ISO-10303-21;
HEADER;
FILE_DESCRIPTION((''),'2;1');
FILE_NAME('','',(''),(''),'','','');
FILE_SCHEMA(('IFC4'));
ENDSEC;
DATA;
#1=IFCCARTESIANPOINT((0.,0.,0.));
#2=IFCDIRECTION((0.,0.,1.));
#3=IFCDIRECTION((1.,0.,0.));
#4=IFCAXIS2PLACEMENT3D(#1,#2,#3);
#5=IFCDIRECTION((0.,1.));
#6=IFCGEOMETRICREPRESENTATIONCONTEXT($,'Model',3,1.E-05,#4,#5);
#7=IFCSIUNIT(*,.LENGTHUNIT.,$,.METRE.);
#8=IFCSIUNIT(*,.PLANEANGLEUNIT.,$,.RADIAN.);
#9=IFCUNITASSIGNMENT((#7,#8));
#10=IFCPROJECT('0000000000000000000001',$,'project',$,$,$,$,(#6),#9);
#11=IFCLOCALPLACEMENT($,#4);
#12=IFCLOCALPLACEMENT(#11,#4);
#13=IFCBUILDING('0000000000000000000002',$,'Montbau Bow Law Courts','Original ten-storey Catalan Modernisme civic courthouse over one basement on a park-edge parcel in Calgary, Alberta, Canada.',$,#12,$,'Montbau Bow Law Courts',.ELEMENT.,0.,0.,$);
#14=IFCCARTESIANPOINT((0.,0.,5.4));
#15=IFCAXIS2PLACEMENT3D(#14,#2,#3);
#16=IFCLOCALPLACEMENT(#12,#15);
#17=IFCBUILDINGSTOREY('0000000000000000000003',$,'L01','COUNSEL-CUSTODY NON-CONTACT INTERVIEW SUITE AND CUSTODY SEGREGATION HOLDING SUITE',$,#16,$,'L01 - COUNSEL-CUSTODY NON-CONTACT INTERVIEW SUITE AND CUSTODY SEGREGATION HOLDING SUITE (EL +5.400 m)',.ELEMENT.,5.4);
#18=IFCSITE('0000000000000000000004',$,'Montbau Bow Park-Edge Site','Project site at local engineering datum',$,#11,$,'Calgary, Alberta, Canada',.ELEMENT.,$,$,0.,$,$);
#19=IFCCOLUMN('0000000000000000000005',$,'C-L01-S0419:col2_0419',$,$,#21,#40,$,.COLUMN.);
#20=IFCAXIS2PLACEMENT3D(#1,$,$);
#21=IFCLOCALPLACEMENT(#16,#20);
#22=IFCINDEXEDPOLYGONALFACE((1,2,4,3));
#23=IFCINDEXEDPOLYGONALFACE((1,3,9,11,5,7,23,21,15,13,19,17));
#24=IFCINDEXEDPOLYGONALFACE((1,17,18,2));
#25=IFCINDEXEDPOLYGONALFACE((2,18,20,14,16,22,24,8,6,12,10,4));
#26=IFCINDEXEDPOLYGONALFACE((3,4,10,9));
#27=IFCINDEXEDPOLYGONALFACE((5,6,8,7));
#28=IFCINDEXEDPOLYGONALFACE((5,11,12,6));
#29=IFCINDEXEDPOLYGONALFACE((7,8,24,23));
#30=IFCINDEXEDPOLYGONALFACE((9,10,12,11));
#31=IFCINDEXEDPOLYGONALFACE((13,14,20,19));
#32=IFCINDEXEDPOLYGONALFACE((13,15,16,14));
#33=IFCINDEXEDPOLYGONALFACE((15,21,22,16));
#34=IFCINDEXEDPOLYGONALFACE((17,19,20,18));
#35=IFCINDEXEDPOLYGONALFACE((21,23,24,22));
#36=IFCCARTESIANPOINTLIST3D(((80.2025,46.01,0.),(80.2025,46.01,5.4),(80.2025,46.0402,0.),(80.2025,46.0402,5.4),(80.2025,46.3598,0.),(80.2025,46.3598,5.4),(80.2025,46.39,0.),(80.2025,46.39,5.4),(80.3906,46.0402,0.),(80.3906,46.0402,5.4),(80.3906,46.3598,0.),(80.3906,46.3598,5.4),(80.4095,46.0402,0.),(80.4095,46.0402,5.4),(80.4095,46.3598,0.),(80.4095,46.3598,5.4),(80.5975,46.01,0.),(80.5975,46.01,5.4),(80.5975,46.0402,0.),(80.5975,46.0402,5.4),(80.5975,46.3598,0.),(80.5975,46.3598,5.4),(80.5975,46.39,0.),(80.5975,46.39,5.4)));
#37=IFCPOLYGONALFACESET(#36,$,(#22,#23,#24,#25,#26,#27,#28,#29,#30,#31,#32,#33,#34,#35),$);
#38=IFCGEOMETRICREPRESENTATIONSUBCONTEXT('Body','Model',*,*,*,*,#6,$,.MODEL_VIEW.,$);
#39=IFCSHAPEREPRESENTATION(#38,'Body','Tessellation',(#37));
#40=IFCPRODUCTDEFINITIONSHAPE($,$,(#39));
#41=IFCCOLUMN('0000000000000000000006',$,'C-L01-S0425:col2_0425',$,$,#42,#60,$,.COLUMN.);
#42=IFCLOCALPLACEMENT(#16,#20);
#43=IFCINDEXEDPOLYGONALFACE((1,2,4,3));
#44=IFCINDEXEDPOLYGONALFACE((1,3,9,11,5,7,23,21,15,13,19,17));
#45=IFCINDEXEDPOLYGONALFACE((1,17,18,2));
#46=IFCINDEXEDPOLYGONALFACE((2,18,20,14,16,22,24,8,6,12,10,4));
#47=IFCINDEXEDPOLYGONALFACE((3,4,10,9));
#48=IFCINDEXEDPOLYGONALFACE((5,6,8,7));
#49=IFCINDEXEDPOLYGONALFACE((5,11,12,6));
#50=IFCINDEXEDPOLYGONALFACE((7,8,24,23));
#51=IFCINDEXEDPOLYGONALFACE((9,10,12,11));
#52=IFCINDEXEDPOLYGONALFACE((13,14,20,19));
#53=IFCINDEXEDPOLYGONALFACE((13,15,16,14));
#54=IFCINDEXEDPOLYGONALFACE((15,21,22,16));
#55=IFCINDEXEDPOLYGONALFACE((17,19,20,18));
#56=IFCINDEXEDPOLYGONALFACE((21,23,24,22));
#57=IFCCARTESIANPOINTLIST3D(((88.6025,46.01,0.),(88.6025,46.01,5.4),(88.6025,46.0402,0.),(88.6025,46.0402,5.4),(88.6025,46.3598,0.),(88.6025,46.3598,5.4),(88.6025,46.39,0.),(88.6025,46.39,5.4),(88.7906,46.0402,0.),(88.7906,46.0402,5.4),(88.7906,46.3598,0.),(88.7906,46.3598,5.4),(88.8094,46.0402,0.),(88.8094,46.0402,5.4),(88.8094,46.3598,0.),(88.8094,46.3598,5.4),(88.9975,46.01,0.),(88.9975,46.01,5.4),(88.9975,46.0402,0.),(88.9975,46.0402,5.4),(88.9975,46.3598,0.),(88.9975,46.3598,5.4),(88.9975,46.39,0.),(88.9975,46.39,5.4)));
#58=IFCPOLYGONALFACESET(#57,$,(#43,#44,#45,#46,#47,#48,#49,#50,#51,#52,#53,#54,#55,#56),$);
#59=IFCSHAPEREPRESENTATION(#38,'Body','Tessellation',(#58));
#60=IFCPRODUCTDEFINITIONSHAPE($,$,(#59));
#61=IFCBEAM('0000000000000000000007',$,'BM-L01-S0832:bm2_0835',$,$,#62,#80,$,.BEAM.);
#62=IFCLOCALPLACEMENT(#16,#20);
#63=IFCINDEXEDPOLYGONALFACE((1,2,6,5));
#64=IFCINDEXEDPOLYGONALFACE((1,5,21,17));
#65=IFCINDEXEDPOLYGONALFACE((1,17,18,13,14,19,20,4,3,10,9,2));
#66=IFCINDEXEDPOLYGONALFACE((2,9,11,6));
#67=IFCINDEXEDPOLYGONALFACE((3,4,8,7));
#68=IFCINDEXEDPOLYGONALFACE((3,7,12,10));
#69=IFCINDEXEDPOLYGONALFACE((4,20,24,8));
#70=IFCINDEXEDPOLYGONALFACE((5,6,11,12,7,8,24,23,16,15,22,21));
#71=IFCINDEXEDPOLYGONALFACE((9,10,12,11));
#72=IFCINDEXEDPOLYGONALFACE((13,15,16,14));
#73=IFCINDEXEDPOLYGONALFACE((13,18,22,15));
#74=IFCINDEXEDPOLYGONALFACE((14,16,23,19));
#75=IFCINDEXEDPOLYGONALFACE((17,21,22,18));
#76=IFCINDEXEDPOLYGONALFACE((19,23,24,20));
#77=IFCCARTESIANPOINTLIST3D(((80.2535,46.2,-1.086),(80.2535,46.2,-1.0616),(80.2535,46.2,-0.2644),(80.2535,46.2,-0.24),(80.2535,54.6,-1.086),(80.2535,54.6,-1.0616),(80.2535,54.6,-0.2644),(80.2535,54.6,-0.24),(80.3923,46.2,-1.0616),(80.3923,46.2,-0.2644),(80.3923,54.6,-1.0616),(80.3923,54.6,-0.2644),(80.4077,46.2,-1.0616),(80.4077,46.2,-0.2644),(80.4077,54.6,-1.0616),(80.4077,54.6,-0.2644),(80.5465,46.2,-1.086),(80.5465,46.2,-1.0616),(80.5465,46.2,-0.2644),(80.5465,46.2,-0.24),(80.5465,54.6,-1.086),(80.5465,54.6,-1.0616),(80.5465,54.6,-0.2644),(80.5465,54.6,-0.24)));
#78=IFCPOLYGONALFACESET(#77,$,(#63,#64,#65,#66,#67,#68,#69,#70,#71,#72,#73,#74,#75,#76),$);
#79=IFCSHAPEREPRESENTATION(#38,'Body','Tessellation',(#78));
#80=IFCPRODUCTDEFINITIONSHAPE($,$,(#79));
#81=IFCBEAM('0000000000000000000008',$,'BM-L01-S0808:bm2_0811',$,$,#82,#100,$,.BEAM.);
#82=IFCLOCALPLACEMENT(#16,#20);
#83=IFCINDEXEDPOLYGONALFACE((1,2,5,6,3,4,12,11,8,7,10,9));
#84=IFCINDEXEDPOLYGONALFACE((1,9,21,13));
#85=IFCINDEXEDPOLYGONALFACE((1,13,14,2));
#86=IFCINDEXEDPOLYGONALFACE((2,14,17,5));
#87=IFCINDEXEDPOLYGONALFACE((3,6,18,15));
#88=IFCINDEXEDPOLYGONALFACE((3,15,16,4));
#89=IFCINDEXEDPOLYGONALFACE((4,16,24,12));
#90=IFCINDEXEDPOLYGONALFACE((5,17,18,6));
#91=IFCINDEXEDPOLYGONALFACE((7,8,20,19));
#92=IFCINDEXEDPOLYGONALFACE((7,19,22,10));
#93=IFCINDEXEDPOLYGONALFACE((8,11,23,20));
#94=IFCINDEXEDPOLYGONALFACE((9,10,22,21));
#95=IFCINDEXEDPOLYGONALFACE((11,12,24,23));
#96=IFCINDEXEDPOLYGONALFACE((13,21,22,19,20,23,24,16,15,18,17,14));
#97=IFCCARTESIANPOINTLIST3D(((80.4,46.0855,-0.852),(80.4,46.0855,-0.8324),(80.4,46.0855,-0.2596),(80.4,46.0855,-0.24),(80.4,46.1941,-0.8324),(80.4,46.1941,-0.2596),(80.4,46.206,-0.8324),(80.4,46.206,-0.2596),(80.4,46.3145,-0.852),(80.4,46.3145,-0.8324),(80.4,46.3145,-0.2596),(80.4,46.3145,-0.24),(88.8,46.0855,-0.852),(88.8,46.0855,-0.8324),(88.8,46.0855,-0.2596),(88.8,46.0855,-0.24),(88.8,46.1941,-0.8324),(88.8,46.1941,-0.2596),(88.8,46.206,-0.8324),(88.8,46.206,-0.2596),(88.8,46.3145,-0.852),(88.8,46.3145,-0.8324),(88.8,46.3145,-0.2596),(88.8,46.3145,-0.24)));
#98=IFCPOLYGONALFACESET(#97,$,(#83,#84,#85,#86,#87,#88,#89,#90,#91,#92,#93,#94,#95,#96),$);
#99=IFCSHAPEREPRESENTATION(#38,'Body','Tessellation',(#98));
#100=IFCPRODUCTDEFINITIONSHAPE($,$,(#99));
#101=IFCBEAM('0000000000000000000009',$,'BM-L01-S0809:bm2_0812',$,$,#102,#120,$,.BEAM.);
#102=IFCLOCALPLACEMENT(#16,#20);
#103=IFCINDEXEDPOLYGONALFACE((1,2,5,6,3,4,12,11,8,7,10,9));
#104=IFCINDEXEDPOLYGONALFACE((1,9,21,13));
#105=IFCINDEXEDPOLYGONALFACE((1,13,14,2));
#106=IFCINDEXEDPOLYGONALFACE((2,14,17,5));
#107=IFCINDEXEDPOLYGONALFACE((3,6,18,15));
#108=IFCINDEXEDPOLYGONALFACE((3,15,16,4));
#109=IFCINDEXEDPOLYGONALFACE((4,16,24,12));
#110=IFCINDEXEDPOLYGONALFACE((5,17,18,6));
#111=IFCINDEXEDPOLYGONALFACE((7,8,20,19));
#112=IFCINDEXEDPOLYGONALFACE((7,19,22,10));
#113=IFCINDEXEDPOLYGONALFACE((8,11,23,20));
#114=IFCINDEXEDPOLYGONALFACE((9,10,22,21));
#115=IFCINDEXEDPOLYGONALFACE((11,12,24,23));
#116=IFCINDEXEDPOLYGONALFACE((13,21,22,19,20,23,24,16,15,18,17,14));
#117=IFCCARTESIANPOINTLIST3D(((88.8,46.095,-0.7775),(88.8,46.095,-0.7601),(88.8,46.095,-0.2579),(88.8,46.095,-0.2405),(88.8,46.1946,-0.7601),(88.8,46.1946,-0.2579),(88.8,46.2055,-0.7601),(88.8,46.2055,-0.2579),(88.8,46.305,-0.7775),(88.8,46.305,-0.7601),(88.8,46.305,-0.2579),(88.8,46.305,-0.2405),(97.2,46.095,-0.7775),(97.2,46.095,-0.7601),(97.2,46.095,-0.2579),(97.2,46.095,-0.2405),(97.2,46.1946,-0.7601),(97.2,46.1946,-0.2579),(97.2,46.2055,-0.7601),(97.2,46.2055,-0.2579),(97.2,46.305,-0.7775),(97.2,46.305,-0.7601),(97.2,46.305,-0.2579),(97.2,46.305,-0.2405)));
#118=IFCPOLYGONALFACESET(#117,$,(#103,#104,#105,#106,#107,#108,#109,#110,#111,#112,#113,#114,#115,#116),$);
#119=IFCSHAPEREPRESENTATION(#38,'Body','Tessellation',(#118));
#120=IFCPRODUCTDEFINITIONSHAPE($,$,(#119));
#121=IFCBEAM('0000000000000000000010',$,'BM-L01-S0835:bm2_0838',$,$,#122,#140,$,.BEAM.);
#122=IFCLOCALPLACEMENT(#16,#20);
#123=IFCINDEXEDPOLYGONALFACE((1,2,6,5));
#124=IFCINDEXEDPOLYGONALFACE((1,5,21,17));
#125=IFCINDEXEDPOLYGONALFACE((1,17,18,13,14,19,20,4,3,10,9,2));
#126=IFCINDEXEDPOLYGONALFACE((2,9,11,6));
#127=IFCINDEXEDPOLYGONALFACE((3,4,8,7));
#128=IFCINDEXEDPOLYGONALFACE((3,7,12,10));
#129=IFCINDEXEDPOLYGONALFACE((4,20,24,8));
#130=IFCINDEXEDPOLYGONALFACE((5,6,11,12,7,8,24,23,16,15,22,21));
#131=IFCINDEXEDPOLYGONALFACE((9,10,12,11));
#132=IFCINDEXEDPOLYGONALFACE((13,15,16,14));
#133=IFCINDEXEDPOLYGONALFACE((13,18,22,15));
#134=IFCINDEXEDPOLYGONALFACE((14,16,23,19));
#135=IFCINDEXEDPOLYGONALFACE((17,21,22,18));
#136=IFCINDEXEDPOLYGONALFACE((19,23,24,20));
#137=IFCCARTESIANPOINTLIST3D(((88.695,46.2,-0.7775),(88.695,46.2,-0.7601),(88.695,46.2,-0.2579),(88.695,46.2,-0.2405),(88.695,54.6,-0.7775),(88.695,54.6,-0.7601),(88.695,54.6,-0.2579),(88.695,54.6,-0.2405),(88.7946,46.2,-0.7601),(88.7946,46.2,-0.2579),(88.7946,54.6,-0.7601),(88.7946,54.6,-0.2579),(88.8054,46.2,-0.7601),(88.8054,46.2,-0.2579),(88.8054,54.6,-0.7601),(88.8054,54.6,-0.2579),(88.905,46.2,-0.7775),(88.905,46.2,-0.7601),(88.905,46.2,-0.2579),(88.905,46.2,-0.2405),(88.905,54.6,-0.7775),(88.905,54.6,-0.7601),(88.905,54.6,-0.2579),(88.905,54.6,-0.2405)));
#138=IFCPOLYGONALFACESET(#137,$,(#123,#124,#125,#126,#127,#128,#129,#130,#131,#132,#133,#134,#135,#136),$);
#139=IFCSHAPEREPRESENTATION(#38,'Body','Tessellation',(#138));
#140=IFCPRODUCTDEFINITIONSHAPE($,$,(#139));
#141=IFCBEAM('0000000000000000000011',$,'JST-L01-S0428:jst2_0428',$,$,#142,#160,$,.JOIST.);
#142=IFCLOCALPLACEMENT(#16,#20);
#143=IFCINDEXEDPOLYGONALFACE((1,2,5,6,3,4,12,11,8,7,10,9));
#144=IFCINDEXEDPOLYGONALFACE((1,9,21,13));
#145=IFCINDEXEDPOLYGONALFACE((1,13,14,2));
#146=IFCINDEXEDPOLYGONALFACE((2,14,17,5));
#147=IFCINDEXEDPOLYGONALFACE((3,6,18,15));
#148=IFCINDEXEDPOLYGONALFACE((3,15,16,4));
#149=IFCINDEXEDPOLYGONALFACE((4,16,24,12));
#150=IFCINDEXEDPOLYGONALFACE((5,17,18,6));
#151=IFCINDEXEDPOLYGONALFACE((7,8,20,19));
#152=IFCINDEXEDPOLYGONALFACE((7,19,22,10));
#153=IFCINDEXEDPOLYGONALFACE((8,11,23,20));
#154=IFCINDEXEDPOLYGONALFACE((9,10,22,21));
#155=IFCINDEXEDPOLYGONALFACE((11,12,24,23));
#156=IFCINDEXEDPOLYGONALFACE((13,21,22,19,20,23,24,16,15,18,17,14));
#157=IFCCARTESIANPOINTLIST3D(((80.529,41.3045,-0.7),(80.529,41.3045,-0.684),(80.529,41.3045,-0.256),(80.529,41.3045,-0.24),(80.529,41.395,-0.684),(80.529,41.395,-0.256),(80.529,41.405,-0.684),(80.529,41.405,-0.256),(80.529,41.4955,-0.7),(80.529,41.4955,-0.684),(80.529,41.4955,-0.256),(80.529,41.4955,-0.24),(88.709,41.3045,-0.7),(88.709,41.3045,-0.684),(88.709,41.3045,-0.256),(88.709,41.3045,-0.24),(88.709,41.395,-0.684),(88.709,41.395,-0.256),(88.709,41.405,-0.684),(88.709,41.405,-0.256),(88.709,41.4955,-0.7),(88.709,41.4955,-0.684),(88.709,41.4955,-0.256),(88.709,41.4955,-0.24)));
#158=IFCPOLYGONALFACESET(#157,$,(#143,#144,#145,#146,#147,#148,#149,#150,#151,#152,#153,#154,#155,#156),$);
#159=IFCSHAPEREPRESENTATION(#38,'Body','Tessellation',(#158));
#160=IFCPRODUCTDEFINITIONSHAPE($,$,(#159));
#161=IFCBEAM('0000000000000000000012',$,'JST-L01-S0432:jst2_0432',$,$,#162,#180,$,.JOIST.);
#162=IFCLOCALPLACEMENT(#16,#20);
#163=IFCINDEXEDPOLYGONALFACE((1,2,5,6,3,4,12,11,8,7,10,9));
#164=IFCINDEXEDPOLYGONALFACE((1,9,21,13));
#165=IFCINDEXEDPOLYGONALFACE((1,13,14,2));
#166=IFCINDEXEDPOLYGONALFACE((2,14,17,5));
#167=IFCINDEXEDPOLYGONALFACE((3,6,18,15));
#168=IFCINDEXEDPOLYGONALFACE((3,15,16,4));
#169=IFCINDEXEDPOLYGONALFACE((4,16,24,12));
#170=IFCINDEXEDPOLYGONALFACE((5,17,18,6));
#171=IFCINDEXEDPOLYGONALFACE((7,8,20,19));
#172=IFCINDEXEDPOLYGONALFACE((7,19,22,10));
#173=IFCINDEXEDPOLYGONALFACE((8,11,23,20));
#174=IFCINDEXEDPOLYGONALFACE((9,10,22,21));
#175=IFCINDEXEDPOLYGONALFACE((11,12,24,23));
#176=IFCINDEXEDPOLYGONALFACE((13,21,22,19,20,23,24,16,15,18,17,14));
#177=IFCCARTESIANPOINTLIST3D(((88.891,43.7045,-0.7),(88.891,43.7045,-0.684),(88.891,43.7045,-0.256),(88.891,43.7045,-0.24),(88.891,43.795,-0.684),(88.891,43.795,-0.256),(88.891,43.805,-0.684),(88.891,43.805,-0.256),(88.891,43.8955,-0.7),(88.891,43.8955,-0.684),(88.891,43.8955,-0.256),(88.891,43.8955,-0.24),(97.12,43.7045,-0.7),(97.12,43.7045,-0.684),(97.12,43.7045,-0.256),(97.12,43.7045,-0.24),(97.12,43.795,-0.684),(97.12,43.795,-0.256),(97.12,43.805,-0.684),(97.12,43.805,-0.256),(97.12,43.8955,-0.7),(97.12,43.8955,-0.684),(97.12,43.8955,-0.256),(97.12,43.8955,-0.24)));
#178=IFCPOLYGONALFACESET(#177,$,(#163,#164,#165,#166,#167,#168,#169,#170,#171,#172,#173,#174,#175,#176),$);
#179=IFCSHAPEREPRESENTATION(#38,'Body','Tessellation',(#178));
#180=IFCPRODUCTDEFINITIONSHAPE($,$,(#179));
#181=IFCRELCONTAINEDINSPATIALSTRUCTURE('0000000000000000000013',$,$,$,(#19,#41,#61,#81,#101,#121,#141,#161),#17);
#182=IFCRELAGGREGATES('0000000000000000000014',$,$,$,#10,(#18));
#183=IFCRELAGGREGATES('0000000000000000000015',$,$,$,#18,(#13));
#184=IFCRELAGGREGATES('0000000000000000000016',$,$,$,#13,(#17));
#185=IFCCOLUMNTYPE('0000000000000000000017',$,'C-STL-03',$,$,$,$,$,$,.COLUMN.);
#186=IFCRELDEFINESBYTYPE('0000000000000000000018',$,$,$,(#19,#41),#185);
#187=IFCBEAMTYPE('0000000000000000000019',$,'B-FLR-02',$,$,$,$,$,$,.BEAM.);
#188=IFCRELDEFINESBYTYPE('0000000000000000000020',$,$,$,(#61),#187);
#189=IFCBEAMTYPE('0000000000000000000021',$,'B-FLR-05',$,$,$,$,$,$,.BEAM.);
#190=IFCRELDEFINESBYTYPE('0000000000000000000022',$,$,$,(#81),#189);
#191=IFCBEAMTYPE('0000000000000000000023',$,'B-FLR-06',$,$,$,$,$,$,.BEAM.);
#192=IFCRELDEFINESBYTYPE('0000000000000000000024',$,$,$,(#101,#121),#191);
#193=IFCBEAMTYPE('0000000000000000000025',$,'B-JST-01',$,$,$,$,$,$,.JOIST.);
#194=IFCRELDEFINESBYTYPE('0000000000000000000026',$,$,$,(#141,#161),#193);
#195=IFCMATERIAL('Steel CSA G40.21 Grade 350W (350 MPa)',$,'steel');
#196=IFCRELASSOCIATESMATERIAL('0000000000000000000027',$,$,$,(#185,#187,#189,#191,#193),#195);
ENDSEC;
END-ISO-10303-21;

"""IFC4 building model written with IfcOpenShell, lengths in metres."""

from ifc_helpers import new_model, si_unit, direction, frame, origin_with_axes, origin_2d_with_axis, place, context, subcontext, project, spatial, i_section, extrude, material, material_profile, profile_set, type_object, element, save


model = new_model("IFC4")

# Units and contexts
model_context = context("Model", 3, precision=1e-05, world=origin_with_axes(), true_north=direction((0.0, 1.0)))
body_context = subcontext(model_context, "Body", "Model", "MODEL_VIEW")
ifc_project = project(units=[si_unit("LENGTHUNIT", "METRE"), si_unit("PLANEANGLEUNIT", "RADIAN")], contexts=[model_context])

# Site, building, storey
site_placement = place(None, origin_with_axes())
site = spatial("IfcSite", under=ifc_project, at=site_placement, Name="Montbau Bow Park-Edge Site", Description="Project site at local engineering datum", LongName="Calgary, Alberta, Canada", CompositionType="ELEMENT", RefElevation=0.0)
building_placement = place(site_placement, origin_with_axes())
building = spatial("IfcBuilding", under=site, at=building_placement, Name="Montbau Bow Law Courts", Description="Original ten-storey Catalan Modernisme civic courthouse over one basement on a park-edge parcel in Calgary, Alberta, Canada.", LongName="Montbau Bow Law Courts", CompositionType="ELEMENT", ElevationOfRefHeight=0.0, ElevationOfTerrain=0.0)
storey_placement = place(building_placement, frame((0.0, 0.0, 5.4), z_axis=(0.0, 0.0, 1.0), x_axis=(1.0, 0.0, 0.0)))
storey = spatial("IfcBuildingStorey", under=building, at=storey_placement, Name="L01", Description="COUNSEL-CUSTODY NON-CONTACT INTERVIEW SUITE AND CUSTODY SEGREGATION HOLDING SUITE", LongName="L01 - COUNSEL-CUSTODY NON-CONTACT INTERVIEW SUITE AND CUSTODY SEGREGATION HOLDING SUITE (EL +5.400 m)", CompositionType="ELEMENT", Elevation=5.4)

# Columns
ifc_material_1 = material(Name="Steel CSA G40.21 Grade 350W (350 MPa)", Category="steel")
ifc_material_profile_1 = material_profile(ifc_material_1, i_section(OverallWidth=0.395, OverallDepth=0.38, WebThickness=0.0189, FlangeThickness=0.0302, at=origin_2d_with_axis()), Name="W360X237", Category="Main", Priority=0)
ifc_profile_set_1 = profile_set([ifc_material_profile_1], Name="Steel CSA G40.21 Grade 350W (350 MPa)")
column_type = type_object("IfcColumnType", Name="C-STL-03", PredefinedType="COLUMN", material=ifc_profile_set_1)
for number, where, z_axis, x_axis, name in (
    (1, (80.4, 46.2, 5.4), (0.0, 0.0, 1.0), (1.0, 0.0, 0.0), "C-L01-S0419:col2_0419"),
    (2, (88.8, 46.2, 5.4), (0.0, 0.0, 1.0), (1.0, 0.0, 0.0), "C-L01-S0425:col2_0425"),
):
    element("IfcColumn", number, at=place(None, frame(where, z_axis=z_axis, x_axis=x_axis)), inside=storey, type_object=column_type, Name=name, PredefinedType="COLUMN", context=body_context, shape_type="SweptSolid", body=[
        extrude(i_section(OverallWidth=0.395, OverallDepth=0.38, WebThickness=0.0189, FlangeThickness=0.0302, at=origin_2d_with_axis()), origin_with_axes(), (0.0, 0.0, 1.0), 5.4),
    ])

# Beams
ifc_material_profile_2 = material_profile(ifc_material_1, i_section(OverallWidth=0.293, OverallDepth=0.846, WebThickness=0.0154, FlangeThickness=0.0244, at=origin_2d_with_axis()), Name="W840X210", Category="Main", Priority=0)
ifc_profile_set_2 = profile_set([ifc_material_profile_2], Name="Steel CSA G40.21 Grade 350W (350 MPa)")
beam_type_1 = type_object("IfcBeamType", Name="B-FLR-02", PredefinedType="BEAM", material=ifc_profile_set_2)
beam_1_placement = place(None, frame((80.4, 46.2, 4.737), z_axis=(0.0, 1.0, 0.0), x_axis=(-1.0, 0.0, 0.0)))
element("IfcBeam", 3, at=beam_1_placement, inside=storey, type_object=beam_type_1, Name="BM-L01-S0832:bm2_0835", PredefinedType="BEAM", context=body_context, shape_type="SweptSolid", body=[
    extrude(i_section(OverallWidth=0.293, OverallDepth=0.846, WebThickness=0.0154, FlangeThickness=0.0244, at=origin_2d_with_axis()), origin_with_axes(), (0.0, 0.0, 1.0), 8.4),
])
ifc_material_profile_3 = material_profile(ifc_material_1, i_section(OverallWidth=0.229, OverallDepth=0.612, WebThickness=0.0119, FlangeThickness=0.0196, at=origin_2d_with_axis()), Name="W610X125", Category="Main", Priority=0)
ifc_profile_set_3 = profile_set([ifc_material_profile_3], Name="Steel CSA G40.21 Grade 350W (350 MPa)")
beam_type_2 = type_object("IfcBeamType", Name="B-FLR-05", PredefinedType="BEAM", material=ifc_profile_set_3)
beam_2_placement = place(None, frame((80.4, 46.2, 4.854), z_axis=(1.0, 0.0, 0.0), x_axis=(0.0, 1.0, 0.0)))
element("IfcBeam", 4, at=beam_2_placement, inside=storey, type_object=beam_type_2, Name="BM-L01-S0808:bm2_0811", PredefinedType="BEAM", context=body_context, shape_type="SweptSolid", body=[
    extrude(i_section(OverallWidth=0.229, OverallDepth=0.612, WebThickness=0.0119, FlangeThickness=0.0196, at=origin_2d_with_axis()), origin_with_axes(), (0.0, 0.0, 1.0), 8.4),
])
ifc_material_profile_4 = material_profile(ifc_material_1, i_section(OverallWidth=0.21, OverallDepth=0.537, WebThickness=0.0109, FlangeThickness=0.0174, at=origin_2d_with_axis()), Name="W530X101", Category="Main", Priority=0)
ifc_profile_set_4 = profile_set([ifc_material_profile_4], Name="Steel CSA G40.21 Grade 350W (350 MPa)")
beam_type_3 = type_object("IfcBeamType", Name="B-FLR-06", PredefinedType="BEAM", material=ifc_profile_set_4)
for number, where, z_axis, x_axis, name in (
    (5, (88.8, 46.2, 4.891), (1.0, 0.0, 0.0), (0.0, 1.0, 0.0), "BM-L01-S0809:bm2_0812"),
    (6, (88.8, 46.2, 4.891), (0.0, 1.0, 0.0), (-1.0, 0.0, 0.0), "BM-L01-S0835:bm2_0838"),
):
    element("IfcBeam", number, at=place(None, frame(where, z_axis=z_axis, x_axis=x_axis)), inside=storey, type_object=beam_type_3, Name=name, PredefinedType="BEAM", context=body_context, shape_type="SweptSolid", body=[
        extrude(i_section(OverallWidth=0.21, OverallDepth=0.537, WebThickness=0.0109, FlangeThickness=0.0174, at=origin_2d_with_axis()), origin_with_axes(), (0.0, 0.0, 1.0), 8.4),
    ])
ifc_material_profile_5 = material_profile(ifc_material_1, i_section(OverallWidth=0.191, OverallDepth=0.46, WebThickness=0.0099, FlangeThickness=0.016, at=origin_2d_with_axis()), Name="W460X82", Category="Main", Priority=0)
ifc_profile_set_5 = profile_set([ifc_material_profile_5], Name="Steel CSA G40.21 Grade 350W (350 MPa)")
beam_type_4 = type_object("IfcBeamType", Name="B-JST-01", PredefinedType="JOIST", material=ifc_profile_set_5)
beam_3_placement = place(None, frame((80.529, 41.4, 4.93), z_axis=(1.0, 0.0, 0.0), x_axis=(0.0, 1.0, 0.0)))
element("IfcBeam", 7, at=beam_3_placement, inside=storey, type_object=beam_type_4, Name="JST-L01-S0428:jst2_0428", PredefinedType="JOIST", context=body_context, shape_type="SweptSolid", body=[
    extrude(i_section(OverallWidth=0.191, OverallDepth=0.46, WebThickness=0.0099, FlangeThickness=0.016, at=origin_2d_with_axis()), origin_with_axes(), (0.0, 0.0, 1.0), 8.18),
])
beam_4_placement = place(None, frame((88.891, 43.8, 4.93), z_axis=(1.0, 0.0, 0.0), x_axis=(0.0, 1.0, 0.0)))
element("IfcBeam", 8, at=beam_4_placement, inside=storey, type_object=beam_type_4, Name="JST-L01-S0432:jst2_0432", PredefinedType="JOIST", context=body_context, shape_type="SweptSolid", body=[
    extrude(i_section(OverallWidth=0.191, OverallDepth=0.46, WebThickness=0.0099, FlangeThickness=0.016, at=origin_2d_with_axis()), origin_with_axes(), (0.0, 0.0, 1.0), 8.229),
])

save(model, "model.ifc")
